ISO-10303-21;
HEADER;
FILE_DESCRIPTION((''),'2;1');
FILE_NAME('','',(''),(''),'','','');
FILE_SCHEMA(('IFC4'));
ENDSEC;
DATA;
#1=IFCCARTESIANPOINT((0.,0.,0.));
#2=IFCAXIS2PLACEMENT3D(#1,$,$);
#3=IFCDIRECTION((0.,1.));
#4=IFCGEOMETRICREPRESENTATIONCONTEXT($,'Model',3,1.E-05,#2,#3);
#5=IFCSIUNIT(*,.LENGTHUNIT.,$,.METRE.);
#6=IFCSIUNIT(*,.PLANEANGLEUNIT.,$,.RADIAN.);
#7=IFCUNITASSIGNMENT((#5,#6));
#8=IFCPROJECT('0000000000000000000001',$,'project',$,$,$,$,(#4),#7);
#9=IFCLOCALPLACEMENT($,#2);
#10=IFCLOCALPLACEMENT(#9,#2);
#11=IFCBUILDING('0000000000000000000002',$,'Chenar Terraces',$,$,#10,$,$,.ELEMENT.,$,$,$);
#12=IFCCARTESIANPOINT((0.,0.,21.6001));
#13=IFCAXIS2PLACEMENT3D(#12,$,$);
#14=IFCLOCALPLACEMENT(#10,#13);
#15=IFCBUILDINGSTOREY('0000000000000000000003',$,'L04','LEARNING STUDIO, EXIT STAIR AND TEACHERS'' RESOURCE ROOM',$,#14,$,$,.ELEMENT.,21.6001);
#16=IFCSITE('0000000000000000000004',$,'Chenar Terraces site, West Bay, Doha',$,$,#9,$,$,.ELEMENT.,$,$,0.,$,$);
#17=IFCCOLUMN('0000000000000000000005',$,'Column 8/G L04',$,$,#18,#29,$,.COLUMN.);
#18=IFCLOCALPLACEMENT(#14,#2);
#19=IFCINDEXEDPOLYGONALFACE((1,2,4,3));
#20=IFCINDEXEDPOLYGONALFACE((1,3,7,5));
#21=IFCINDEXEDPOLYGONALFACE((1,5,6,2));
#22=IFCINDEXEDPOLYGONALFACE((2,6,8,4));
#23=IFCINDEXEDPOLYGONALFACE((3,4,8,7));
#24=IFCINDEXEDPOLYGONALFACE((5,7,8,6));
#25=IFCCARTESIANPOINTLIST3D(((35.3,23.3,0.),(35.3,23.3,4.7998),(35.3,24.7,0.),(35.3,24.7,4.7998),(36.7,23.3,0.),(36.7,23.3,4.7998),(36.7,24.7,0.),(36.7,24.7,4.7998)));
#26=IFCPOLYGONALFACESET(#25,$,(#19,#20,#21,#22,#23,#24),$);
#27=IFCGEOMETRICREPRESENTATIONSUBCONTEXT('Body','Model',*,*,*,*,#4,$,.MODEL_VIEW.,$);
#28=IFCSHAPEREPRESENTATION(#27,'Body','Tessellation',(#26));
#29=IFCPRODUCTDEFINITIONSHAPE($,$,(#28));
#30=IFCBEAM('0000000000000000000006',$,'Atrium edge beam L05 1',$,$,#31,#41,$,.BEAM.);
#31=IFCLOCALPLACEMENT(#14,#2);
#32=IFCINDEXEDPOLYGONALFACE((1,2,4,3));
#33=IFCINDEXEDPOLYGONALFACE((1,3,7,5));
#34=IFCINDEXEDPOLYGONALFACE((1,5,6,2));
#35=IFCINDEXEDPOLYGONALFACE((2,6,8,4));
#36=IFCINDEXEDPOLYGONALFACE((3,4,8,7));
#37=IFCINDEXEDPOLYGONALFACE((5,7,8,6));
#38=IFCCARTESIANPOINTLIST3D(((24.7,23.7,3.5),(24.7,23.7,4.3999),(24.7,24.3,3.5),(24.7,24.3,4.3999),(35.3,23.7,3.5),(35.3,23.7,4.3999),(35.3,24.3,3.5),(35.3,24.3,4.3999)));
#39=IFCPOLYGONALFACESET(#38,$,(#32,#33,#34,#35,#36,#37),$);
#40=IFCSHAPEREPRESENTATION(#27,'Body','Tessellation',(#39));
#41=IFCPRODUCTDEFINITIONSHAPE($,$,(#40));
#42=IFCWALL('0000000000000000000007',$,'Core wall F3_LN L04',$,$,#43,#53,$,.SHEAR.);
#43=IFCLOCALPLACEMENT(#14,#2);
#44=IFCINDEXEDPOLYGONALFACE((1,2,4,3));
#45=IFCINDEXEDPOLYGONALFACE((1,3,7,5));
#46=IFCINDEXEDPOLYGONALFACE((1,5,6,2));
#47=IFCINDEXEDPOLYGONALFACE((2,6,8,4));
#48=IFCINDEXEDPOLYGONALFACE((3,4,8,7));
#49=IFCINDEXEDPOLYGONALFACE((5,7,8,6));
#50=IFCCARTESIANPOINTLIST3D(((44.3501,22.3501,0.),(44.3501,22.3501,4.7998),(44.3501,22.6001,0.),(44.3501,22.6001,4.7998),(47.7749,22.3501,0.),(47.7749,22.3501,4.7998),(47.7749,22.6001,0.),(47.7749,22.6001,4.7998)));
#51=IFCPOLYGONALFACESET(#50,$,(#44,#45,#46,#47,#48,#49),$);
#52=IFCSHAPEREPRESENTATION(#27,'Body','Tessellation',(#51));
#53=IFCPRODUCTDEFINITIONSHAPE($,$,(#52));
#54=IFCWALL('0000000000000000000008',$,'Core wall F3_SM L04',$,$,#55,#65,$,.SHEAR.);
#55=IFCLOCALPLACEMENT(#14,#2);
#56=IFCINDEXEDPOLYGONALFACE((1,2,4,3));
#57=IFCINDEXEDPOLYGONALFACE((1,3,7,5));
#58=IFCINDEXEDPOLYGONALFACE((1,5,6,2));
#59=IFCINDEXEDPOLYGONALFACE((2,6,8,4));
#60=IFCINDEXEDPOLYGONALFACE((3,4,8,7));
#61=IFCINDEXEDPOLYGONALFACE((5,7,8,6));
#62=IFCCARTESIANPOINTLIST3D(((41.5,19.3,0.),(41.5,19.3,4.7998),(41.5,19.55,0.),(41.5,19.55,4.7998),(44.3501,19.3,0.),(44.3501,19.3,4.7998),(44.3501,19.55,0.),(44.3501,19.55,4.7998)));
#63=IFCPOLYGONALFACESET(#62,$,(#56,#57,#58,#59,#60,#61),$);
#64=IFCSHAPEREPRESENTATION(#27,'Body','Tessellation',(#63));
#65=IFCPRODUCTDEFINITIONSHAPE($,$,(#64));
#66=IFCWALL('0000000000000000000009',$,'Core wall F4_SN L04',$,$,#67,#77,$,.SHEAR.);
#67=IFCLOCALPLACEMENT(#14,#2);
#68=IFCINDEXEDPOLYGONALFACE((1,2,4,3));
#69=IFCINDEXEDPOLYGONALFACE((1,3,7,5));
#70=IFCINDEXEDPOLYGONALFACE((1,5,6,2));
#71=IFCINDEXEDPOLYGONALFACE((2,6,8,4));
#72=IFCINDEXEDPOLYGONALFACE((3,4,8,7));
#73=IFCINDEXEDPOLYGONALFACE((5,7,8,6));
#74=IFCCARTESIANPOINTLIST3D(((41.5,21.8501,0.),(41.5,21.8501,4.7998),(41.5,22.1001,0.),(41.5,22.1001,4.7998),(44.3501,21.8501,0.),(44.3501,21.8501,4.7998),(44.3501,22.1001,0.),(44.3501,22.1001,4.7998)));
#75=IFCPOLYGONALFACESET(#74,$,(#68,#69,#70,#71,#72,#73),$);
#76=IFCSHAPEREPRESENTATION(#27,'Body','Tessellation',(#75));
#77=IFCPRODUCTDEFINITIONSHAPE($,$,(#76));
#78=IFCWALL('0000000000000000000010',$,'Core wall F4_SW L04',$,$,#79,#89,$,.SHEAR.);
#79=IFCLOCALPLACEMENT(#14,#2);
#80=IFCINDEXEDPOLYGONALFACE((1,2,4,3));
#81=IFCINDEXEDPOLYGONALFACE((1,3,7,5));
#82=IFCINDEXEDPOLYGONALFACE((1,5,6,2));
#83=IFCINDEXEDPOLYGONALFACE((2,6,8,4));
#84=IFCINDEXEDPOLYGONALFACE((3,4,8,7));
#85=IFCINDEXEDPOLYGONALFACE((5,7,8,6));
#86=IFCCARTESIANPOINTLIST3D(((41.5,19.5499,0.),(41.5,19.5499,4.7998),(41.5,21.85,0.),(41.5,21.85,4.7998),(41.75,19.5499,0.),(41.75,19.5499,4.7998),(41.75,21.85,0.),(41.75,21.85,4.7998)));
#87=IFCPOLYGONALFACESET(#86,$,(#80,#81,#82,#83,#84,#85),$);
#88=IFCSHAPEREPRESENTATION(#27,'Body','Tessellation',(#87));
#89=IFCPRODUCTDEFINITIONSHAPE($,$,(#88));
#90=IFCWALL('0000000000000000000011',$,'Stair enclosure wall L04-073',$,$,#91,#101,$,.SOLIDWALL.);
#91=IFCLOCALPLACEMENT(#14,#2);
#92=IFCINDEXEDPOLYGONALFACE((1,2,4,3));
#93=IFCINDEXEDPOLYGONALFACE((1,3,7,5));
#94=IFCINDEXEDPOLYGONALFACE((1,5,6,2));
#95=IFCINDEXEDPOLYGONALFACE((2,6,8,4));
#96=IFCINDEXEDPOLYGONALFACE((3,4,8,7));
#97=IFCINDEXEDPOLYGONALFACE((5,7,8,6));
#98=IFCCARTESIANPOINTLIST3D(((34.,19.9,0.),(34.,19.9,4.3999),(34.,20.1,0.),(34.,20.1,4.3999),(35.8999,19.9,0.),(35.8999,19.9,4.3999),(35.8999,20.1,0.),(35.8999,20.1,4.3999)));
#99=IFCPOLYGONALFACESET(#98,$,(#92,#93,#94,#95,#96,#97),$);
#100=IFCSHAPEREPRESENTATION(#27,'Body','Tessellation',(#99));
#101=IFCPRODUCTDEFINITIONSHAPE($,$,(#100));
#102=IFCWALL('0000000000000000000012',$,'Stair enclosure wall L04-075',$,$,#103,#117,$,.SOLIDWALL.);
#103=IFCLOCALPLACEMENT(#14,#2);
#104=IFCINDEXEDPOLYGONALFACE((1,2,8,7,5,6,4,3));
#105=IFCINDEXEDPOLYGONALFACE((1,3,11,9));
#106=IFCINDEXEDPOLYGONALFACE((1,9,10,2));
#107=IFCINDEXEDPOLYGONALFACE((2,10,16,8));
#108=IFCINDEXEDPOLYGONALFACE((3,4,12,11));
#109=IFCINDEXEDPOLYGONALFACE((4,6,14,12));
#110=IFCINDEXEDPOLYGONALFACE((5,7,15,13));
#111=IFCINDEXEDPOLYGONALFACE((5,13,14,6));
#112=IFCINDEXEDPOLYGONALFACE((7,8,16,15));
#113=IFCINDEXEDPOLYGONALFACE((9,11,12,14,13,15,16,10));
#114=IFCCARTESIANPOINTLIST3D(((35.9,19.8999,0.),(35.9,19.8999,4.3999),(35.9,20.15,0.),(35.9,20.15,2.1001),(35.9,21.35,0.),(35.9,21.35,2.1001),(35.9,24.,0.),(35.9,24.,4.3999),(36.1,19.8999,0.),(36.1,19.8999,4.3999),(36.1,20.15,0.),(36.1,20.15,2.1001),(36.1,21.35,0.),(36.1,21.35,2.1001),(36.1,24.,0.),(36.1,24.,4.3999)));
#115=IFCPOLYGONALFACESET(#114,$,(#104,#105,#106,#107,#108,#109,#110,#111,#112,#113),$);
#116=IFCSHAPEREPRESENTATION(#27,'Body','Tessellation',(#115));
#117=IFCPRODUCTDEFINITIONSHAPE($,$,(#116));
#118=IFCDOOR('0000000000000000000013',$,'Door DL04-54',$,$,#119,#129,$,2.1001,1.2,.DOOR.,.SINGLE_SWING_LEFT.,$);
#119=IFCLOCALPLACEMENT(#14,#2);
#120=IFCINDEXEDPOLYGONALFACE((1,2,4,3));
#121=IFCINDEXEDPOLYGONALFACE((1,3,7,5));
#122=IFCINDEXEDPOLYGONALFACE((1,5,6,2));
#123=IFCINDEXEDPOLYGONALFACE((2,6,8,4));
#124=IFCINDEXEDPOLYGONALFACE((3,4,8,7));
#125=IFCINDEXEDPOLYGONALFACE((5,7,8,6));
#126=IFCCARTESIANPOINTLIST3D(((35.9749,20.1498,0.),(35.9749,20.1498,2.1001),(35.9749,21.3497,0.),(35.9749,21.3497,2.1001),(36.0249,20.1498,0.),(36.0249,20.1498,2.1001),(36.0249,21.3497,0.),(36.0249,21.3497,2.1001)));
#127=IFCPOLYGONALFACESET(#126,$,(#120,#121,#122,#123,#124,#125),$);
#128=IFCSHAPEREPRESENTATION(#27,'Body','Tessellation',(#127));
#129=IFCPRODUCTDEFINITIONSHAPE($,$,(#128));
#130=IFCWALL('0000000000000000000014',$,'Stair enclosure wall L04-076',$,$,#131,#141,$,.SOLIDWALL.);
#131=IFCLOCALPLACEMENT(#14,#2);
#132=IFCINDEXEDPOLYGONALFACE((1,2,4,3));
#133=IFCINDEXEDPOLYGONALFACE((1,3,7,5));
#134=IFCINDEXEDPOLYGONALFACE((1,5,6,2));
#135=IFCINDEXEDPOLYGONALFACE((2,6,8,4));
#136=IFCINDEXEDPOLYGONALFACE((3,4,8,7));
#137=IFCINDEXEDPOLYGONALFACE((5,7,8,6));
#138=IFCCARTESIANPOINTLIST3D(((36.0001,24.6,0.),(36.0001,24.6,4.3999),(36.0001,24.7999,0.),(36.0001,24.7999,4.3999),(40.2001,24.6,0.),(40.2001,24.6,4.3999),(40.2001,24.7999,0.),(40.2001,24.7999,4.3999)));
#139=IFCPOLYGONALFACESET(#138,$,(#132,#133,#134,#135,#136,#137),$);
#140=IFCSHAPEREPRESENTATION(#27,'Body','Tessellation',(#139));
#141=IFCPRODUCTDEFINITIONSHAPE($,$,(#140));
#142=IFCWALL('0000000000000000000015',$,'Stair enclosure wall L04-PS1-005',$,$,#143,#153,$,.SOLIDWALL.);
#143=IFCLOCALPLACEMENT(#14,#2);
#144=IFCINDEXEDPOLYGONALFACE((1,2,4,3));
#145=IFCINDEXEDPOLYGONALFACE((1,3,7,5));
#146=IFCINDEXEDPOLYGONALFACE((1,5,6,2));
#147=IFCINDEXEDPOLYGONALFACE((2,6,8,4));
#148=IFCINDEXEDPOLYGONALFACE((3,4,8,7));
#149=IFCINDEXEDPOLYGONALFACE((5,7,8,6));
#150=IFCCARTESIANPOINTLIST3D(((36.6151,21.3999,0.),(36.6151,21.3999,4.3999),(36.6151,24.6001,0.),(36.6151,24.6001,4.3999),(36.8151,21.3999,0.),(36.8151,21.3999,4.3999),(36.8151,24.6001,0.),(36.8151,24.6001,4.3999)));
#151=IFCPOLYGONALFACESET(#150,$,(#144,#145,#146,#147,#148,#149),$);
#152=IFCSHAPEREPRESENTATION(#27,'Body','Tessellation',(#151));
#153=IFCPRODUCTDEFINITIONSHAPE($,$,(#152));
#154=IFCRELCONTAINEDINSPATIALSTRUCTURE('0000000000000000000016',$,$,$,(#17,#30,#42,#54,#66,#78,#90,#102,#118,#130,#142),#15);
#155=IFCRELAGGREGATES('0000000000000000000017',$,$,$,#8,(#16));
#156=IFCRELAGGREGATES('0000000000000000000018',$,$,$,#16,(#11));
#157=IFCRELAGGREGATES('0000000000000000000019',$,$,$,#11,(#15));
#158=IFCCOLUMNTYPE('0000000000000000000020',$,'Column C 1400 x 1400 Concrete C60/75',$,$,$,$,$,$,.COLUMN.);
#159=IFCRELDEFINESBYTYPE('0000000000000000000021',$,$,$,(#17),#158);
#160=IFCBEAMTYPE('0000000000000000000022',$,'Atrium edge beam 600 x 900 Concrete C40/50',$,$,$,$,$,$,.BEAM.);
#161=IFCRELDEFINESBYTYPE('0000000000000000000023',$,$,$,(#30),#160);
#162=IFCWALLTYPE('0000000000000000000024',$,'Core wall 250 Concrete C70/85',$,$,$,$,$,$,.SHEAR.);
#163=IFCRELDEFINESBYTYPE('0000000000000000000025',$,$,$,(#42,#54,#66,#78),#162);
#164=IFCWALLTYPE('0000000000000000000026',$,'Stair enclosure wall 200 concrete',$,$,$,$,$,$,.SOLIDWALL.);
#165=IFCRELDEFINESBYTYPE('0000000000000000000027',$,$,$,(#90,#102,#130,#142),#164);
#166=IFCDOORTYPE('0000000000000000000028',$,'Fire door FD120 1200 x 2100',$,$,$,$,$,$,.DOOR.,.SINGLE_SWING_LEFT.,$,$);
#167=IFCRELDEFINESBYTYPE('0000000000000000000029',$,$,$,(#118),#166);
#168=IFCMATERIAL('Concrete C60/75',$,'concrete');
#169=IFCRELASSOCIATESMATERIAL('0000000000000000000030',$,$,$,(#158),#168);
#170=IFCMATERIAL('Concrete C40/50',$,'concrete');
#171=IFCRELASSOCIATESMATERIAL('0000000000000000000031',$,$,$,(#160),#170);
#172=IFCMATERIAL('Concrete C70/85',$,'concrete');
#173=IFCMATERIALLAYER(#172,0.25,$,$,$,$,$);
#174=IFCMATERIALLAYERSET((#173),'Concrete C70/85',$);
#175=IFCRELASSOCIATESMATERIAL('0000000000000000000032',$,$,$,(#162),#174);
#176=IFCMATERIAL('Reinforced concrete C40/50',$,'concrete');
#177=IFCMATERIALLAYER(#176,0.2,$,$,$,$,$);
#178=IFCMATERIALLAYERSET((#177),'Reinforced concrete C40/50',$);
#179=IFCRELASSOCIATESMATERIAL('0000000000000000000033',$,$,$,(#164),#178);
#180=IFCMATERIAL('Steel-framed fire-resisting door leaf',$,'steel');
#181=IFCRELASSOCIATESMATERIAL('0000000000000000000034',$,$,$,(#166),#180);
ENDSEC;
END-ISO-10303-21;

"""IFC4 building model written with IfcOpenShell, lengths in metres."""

from ifc_helpers import new_model, si_unit, direction, frame, frame_2d, origin, origin_2d, place, context, subcontext, project, spatial, rectangle, extrude, material, layer, layer_set, material_profile, profile_set, type_object, element, fill, save


model = new_model("IFC4")

# Units and contexts
model_context = context("Model", 3, precision=1e-05, world=origin(), true_north=direction((0.0, 1.0)))
body_context = subcontext(model_context, "Body", "Model", "MODEL_VIEW")
ifc_project = project(units=[si_unit("LENGTHUNIT", "METRE"), si_unit("PLANEANGLEUNIT", "RADIAN")], contexts=[model_context])

# Site, building, storey
site_placement = place(None, origin())
site = spatial("IfcSite", under=ifc_project, at=site_placement, Name="Chenar Terraces site, West Bay, Doha", CompositionType="ELEMENT", RefElevation=0.0)
building_placement = place(site_placement, origin())
building = spatial("IfcBuilding", under=site, at=building_placement, Name="Chenar Terraces", CompositionType="ELEMENT")
storey_placement = place(building_placement, frame((0.0, 0.0, 21.6001)))
storey = spatial("IfcBuildingStorey", under=building, at=storey_placement, Name="L04", Description="LEARNING STUDIO, EXIT STAIR AND TEACHERS' RESOURCE ROOM", CompositionType="ELEMENT", Elevation=21.6001)

# Column
ifc_material_1 = material(Name="Concrete C60/75", Category="concrete")
ifc_material_profile_1 = material_profile(ifc_material_1, rectangle(XDim=1.3999, YDim=1.3999, at=origin_2d()), Name="C 1400 x 1400")
ifc_profile_set_1 = profile_set([ifc_material_profile_1], Name="Concrete C60/75")
column_type = type_object("IfcColumnType", Name="Column C 1400 x 1400 Concrete C60/75", PredefinedType="COLUMN", material=ifc_profile_set_1)
column_placement = place(storey_placement, frame((36.0, 24.0, 0.0), z_axis=(0.0, 0.0, 1.0), x_axis=(1.0, 0.0, 0.0)))
element("IfcColumn", 1, at=column_placement, inside=storey, type_object=column_type, Name="Column 8/G L04", PredefinedType="COLUMN", context=body_context, shape_type="SweptSolid", body=[
    extrude(rectangle(XDim=1.3999, YDim=1.3999, at=origin_2d()), origin(), (0.0, 0.0, 1.0), 4.7998),
])

# Beam
ifc_material_2 = material(Name="Concrete C40/50", Category="concrete")
ifc_material_profile_2 = material_profile(ifc_material_2, rectangle(XDim=0.6001, YDim=0.8999, at=origin_2d()), Name="RC 600 x 900")
ifc_profile_set_2 = profile_set([ifc_material_profile_2], Name="Concrete C40/50")
beam_type = type_object("IfcBeamType", Name="Atrium edge beam 600 x 900 Concrete C40/50", PredefinedType="BEAM", material=ifc_profile_set_2)
beam_placement = place(storey_placement, frame((24.7, 24.0, 3.95), z_axis=(1.0, 0.0, 0.0), x_axis=(0.0, 1.0, 0.0)))
element("IfcBeam", 2, at=beam_placement, inside=storey, type_object=beam_type, Name="Atrium edge beam L05 1", PredefinedType="BEAM", context=body_context, shape_type="SweptSolid", body=[
    extrude(rectangle(XDim=0.6001, YDim=0.8999, at=origin_2d()), origin(), (0.0, 0.0, 1.0), 10.6001),
])

# Walls
ifc_material_3 = material(Name="Concrete C70/85", Category="concrete")
ifc_layer_1 = layer(ifc_material_3, 0.25)
ifc_layer_set_1 = layer_set([ifc_layer_1], Name="Concrete C70/85")
wall_type_1 = type_object("IfcWallType", Name="Core wall 250 Concrete C70/85", PredefinedType="SHEAR", material=ifc_layer_set_1)
wall_1_placement = place(storey_placement, frame((44.3501, 22.4751, 0.0), z_axis=(0.0, 0.0, 1.0), x_axis=(1.0, 0.0, 0.0)))
element("IfcWall", 3, at=wall_1_placement, inside=storey, type_object=wall_type_1, Name="Core wall F3_LN L04", PredefinedType="SHEAR", context=body_context, shape_type="SweptSolid", body=[
    extrude(rectangle(XDim=3.4248, YDim=0.25, at=frame_2d((1.7124, 0.0))), origin(), (0.0, 0.0, 1.0), 4.7998),
])
for number, where, z_axis, x_axis, name in (
    (4, (41.5, 19.425, 0.0), (0.0, 0.0, 1.0), (1.0, 0.0, 0.0), "Core wall F3_SM L04"),
    (5, (41.5, 21.9751, 0.0), (0.0, 0.0, 1.0), (1.0, 0.0, 0.0), "Core wall F4_SN L04"),
):
    element("IfcWall", number, at=place(storey_placement, frame(where, z_axis=z_axis, x_axis=x_axis)), inside=storey, type_object=wall_type_1, Name=name, PredefinedType="SHEAR", context=body_context, shape_type="SweptSolid", body=[
        extrude(rectangle(XDim=2.8501, YDim=0.25, at=frame_2d((1.425, 0.0))), origin(), (0.0, 0.0, 1.0), 4.7998),
    ])
wall_2_placement = place(storey_placement, frame((41.625, 19.55, 0.0), z_axis=(0.0, 0.0, 1.0), x_axis=(0.0, 1.0, 0.0)))
element("IfcWall", 6, at=wall_2_placement, inside=storey, type_object=wall_type_1, Name="Core wall F4_SW L04", PredefinedType="SHEAR", context=body_context, shape_type="SweptSolid", body=[
    extrude(rectangle(XDim=2.3, YDim=0.25, at=frame_2d((1.1499, 0.0))), origin(), (0.0, 0.0, 1.0), 4.7998),
])
ifc_material_4 = material(Name="Reinforced concrete C40/50", Category="concrete")
ifc_layer_2 = layer(ifc_material_4, 0.2)
ifc_layer_set_2 = layer_set([ifc_layer_2], Name="Reinforced concrete C40/50")
wall_type_2 = type_object("IfcWallType", Name="Stair enclosure wall 200 concrete", PredefinedType="SOLIDWALL", material=ifc_layer_set_2)
wall_3_placement = place(storey_placement, frame((34.0, 20.0, 0.0), z_axis=(0.0, 0.0, 1.0), x_axis=(1.0, 0.0, 0.0)))
element("IfcWall", 7, at=wall_3_placement, inside=storey, type_object=wall_type_2, Name="Stair enclosure wall L04-073", PredefinedType="SOLIDWALL", context=body_context, shape_type="SweptSolid", body=[
    extrude(rectangle(XDim=1.8999, YDim=0.2, at=frame_2d((0.95, 0.0))), origin(), (0.0, 0.0, 1.0), 4.3999),
])

# Wall, opening, door
wall_4_placement = place(storey_placement, frame((36.0, 19.8999, 0.0), z_axis=(0.0, 0.0, 1.0), x_axis=(0.0, 1.0, 0.0)))
wall_4 = element("IfcWall", 8, at=wall_4_placement, inside=storey, type_object=wall_type_2, Name="Stair enclosure wall L04-075", PredefinedType="SOLIDWALL", context=body_context, shape_type="SweptSolid", body=[
    extrude(rectangle(XDim=4.1001, YDim=0.2, at=frame_2d((2.05, 0.0))), origin(), (0.0, 0.0, 1.0), 4.3999),
])
opening_placement = place(wall_4_placement, frame((0.25, 0.0, 0.0)))
opening = element("IfcOpeningElement", 9, at=opening_placement, cuts=wall_4, PredefinedType="OPENING", context=body_context, shape_type="SweptSolid", body=[
    extrude(rectangle(XDim=1.2, YDim=2.1001, at=frame_2d((0.6001, 1.05))), frame((0.0, 0.1099, 0.0), z_axis=(0.0, -1.0, 0.0), x_axis=(1.0, 0.0, 0.0)), (0.0, 0.0, 1.0), 0.22),
])
ifc_material_5 = material(Name="Steel-framed fire-resisting door leaf", Category="steel")
door_type = type_object("IfcDoorType", Name="Fire door FD120 1200 x 2100", OperationType="SINGLE_SWING_LEFT", PredefinedType="DOOR", material=ifc_material_5)
door_placement = place(opening_placement, frame((1.2, 0.0, 0.0), z_axis=(0.0, 0.0, 1.0), x_axis=(-1.0, 0.0, 0.0)))
door = element("IfcDoor", 10, at=door_placement, inside=storey, type_object=door_type, Name="Door DL04-54", OperationType="SINGLE_SWING_LEFT", OverallHeight=2.1001, OverallWidth=1.2, PredefinedType="DOOR", context=body_context, shape_type="SweptSolid", body=[
    extrude(rectangle(XDim=1.2, YDim=2.1001, at=frame_2d((0.6001, 1.05))), frame((0.0, 0.0249, 0.0), z_axis=(0.0, -1.0, 0.0), x_axis=(1.0, 0.0, 0.0)), (0.0, 0.0, 1.0), 0.05),
])
fill(opening, door)

# Walls
wall_5_placement = place(storey_placement, frame((36.0, 24.7, 0.0), z_axis=(0.0, 0.0, 1.0), x_axis=(1.0, 0.0, 0.0)))
element("IfcWall", 11, at=wall_5_placement, inside=storey, type_object=wall_type_2, Name="Stair enclosure wall L04-076", PredefinedType="SOLIDWALL", context=body_context, shape_type="SweptSolid", body=[
    extrude(rectangle(XDim=4.2, YDim=0.2, at=frame_2d((2.1001, 0.0))), origin(), (0.0, 0.0, 1.0), 4.3999),
])
wall_6_placement = place(storey_placement, frame((36.7151, 21.3999, 0.0), z_axis=(0.0, 0.0, 1.0), x_axis=(0.0, 1.0, 0.0)))
element("IfcWall", 12, at=wall_6_placement, inside=storey, type_object=wall_type_2, Name="Stair enclosure wall L04-PS1-005", PredefinedType="SOLIDWALL", context=body_context, shape_type="SweptSolid", body=[
    extrude(rectangle(XDim=3.2002, YDim=0.2, at=frame_2d((1.6001, 0.0))), origin(), (0.0, 0.0, 1.0), 4.3999),
])

save(model, "model.ifc")
